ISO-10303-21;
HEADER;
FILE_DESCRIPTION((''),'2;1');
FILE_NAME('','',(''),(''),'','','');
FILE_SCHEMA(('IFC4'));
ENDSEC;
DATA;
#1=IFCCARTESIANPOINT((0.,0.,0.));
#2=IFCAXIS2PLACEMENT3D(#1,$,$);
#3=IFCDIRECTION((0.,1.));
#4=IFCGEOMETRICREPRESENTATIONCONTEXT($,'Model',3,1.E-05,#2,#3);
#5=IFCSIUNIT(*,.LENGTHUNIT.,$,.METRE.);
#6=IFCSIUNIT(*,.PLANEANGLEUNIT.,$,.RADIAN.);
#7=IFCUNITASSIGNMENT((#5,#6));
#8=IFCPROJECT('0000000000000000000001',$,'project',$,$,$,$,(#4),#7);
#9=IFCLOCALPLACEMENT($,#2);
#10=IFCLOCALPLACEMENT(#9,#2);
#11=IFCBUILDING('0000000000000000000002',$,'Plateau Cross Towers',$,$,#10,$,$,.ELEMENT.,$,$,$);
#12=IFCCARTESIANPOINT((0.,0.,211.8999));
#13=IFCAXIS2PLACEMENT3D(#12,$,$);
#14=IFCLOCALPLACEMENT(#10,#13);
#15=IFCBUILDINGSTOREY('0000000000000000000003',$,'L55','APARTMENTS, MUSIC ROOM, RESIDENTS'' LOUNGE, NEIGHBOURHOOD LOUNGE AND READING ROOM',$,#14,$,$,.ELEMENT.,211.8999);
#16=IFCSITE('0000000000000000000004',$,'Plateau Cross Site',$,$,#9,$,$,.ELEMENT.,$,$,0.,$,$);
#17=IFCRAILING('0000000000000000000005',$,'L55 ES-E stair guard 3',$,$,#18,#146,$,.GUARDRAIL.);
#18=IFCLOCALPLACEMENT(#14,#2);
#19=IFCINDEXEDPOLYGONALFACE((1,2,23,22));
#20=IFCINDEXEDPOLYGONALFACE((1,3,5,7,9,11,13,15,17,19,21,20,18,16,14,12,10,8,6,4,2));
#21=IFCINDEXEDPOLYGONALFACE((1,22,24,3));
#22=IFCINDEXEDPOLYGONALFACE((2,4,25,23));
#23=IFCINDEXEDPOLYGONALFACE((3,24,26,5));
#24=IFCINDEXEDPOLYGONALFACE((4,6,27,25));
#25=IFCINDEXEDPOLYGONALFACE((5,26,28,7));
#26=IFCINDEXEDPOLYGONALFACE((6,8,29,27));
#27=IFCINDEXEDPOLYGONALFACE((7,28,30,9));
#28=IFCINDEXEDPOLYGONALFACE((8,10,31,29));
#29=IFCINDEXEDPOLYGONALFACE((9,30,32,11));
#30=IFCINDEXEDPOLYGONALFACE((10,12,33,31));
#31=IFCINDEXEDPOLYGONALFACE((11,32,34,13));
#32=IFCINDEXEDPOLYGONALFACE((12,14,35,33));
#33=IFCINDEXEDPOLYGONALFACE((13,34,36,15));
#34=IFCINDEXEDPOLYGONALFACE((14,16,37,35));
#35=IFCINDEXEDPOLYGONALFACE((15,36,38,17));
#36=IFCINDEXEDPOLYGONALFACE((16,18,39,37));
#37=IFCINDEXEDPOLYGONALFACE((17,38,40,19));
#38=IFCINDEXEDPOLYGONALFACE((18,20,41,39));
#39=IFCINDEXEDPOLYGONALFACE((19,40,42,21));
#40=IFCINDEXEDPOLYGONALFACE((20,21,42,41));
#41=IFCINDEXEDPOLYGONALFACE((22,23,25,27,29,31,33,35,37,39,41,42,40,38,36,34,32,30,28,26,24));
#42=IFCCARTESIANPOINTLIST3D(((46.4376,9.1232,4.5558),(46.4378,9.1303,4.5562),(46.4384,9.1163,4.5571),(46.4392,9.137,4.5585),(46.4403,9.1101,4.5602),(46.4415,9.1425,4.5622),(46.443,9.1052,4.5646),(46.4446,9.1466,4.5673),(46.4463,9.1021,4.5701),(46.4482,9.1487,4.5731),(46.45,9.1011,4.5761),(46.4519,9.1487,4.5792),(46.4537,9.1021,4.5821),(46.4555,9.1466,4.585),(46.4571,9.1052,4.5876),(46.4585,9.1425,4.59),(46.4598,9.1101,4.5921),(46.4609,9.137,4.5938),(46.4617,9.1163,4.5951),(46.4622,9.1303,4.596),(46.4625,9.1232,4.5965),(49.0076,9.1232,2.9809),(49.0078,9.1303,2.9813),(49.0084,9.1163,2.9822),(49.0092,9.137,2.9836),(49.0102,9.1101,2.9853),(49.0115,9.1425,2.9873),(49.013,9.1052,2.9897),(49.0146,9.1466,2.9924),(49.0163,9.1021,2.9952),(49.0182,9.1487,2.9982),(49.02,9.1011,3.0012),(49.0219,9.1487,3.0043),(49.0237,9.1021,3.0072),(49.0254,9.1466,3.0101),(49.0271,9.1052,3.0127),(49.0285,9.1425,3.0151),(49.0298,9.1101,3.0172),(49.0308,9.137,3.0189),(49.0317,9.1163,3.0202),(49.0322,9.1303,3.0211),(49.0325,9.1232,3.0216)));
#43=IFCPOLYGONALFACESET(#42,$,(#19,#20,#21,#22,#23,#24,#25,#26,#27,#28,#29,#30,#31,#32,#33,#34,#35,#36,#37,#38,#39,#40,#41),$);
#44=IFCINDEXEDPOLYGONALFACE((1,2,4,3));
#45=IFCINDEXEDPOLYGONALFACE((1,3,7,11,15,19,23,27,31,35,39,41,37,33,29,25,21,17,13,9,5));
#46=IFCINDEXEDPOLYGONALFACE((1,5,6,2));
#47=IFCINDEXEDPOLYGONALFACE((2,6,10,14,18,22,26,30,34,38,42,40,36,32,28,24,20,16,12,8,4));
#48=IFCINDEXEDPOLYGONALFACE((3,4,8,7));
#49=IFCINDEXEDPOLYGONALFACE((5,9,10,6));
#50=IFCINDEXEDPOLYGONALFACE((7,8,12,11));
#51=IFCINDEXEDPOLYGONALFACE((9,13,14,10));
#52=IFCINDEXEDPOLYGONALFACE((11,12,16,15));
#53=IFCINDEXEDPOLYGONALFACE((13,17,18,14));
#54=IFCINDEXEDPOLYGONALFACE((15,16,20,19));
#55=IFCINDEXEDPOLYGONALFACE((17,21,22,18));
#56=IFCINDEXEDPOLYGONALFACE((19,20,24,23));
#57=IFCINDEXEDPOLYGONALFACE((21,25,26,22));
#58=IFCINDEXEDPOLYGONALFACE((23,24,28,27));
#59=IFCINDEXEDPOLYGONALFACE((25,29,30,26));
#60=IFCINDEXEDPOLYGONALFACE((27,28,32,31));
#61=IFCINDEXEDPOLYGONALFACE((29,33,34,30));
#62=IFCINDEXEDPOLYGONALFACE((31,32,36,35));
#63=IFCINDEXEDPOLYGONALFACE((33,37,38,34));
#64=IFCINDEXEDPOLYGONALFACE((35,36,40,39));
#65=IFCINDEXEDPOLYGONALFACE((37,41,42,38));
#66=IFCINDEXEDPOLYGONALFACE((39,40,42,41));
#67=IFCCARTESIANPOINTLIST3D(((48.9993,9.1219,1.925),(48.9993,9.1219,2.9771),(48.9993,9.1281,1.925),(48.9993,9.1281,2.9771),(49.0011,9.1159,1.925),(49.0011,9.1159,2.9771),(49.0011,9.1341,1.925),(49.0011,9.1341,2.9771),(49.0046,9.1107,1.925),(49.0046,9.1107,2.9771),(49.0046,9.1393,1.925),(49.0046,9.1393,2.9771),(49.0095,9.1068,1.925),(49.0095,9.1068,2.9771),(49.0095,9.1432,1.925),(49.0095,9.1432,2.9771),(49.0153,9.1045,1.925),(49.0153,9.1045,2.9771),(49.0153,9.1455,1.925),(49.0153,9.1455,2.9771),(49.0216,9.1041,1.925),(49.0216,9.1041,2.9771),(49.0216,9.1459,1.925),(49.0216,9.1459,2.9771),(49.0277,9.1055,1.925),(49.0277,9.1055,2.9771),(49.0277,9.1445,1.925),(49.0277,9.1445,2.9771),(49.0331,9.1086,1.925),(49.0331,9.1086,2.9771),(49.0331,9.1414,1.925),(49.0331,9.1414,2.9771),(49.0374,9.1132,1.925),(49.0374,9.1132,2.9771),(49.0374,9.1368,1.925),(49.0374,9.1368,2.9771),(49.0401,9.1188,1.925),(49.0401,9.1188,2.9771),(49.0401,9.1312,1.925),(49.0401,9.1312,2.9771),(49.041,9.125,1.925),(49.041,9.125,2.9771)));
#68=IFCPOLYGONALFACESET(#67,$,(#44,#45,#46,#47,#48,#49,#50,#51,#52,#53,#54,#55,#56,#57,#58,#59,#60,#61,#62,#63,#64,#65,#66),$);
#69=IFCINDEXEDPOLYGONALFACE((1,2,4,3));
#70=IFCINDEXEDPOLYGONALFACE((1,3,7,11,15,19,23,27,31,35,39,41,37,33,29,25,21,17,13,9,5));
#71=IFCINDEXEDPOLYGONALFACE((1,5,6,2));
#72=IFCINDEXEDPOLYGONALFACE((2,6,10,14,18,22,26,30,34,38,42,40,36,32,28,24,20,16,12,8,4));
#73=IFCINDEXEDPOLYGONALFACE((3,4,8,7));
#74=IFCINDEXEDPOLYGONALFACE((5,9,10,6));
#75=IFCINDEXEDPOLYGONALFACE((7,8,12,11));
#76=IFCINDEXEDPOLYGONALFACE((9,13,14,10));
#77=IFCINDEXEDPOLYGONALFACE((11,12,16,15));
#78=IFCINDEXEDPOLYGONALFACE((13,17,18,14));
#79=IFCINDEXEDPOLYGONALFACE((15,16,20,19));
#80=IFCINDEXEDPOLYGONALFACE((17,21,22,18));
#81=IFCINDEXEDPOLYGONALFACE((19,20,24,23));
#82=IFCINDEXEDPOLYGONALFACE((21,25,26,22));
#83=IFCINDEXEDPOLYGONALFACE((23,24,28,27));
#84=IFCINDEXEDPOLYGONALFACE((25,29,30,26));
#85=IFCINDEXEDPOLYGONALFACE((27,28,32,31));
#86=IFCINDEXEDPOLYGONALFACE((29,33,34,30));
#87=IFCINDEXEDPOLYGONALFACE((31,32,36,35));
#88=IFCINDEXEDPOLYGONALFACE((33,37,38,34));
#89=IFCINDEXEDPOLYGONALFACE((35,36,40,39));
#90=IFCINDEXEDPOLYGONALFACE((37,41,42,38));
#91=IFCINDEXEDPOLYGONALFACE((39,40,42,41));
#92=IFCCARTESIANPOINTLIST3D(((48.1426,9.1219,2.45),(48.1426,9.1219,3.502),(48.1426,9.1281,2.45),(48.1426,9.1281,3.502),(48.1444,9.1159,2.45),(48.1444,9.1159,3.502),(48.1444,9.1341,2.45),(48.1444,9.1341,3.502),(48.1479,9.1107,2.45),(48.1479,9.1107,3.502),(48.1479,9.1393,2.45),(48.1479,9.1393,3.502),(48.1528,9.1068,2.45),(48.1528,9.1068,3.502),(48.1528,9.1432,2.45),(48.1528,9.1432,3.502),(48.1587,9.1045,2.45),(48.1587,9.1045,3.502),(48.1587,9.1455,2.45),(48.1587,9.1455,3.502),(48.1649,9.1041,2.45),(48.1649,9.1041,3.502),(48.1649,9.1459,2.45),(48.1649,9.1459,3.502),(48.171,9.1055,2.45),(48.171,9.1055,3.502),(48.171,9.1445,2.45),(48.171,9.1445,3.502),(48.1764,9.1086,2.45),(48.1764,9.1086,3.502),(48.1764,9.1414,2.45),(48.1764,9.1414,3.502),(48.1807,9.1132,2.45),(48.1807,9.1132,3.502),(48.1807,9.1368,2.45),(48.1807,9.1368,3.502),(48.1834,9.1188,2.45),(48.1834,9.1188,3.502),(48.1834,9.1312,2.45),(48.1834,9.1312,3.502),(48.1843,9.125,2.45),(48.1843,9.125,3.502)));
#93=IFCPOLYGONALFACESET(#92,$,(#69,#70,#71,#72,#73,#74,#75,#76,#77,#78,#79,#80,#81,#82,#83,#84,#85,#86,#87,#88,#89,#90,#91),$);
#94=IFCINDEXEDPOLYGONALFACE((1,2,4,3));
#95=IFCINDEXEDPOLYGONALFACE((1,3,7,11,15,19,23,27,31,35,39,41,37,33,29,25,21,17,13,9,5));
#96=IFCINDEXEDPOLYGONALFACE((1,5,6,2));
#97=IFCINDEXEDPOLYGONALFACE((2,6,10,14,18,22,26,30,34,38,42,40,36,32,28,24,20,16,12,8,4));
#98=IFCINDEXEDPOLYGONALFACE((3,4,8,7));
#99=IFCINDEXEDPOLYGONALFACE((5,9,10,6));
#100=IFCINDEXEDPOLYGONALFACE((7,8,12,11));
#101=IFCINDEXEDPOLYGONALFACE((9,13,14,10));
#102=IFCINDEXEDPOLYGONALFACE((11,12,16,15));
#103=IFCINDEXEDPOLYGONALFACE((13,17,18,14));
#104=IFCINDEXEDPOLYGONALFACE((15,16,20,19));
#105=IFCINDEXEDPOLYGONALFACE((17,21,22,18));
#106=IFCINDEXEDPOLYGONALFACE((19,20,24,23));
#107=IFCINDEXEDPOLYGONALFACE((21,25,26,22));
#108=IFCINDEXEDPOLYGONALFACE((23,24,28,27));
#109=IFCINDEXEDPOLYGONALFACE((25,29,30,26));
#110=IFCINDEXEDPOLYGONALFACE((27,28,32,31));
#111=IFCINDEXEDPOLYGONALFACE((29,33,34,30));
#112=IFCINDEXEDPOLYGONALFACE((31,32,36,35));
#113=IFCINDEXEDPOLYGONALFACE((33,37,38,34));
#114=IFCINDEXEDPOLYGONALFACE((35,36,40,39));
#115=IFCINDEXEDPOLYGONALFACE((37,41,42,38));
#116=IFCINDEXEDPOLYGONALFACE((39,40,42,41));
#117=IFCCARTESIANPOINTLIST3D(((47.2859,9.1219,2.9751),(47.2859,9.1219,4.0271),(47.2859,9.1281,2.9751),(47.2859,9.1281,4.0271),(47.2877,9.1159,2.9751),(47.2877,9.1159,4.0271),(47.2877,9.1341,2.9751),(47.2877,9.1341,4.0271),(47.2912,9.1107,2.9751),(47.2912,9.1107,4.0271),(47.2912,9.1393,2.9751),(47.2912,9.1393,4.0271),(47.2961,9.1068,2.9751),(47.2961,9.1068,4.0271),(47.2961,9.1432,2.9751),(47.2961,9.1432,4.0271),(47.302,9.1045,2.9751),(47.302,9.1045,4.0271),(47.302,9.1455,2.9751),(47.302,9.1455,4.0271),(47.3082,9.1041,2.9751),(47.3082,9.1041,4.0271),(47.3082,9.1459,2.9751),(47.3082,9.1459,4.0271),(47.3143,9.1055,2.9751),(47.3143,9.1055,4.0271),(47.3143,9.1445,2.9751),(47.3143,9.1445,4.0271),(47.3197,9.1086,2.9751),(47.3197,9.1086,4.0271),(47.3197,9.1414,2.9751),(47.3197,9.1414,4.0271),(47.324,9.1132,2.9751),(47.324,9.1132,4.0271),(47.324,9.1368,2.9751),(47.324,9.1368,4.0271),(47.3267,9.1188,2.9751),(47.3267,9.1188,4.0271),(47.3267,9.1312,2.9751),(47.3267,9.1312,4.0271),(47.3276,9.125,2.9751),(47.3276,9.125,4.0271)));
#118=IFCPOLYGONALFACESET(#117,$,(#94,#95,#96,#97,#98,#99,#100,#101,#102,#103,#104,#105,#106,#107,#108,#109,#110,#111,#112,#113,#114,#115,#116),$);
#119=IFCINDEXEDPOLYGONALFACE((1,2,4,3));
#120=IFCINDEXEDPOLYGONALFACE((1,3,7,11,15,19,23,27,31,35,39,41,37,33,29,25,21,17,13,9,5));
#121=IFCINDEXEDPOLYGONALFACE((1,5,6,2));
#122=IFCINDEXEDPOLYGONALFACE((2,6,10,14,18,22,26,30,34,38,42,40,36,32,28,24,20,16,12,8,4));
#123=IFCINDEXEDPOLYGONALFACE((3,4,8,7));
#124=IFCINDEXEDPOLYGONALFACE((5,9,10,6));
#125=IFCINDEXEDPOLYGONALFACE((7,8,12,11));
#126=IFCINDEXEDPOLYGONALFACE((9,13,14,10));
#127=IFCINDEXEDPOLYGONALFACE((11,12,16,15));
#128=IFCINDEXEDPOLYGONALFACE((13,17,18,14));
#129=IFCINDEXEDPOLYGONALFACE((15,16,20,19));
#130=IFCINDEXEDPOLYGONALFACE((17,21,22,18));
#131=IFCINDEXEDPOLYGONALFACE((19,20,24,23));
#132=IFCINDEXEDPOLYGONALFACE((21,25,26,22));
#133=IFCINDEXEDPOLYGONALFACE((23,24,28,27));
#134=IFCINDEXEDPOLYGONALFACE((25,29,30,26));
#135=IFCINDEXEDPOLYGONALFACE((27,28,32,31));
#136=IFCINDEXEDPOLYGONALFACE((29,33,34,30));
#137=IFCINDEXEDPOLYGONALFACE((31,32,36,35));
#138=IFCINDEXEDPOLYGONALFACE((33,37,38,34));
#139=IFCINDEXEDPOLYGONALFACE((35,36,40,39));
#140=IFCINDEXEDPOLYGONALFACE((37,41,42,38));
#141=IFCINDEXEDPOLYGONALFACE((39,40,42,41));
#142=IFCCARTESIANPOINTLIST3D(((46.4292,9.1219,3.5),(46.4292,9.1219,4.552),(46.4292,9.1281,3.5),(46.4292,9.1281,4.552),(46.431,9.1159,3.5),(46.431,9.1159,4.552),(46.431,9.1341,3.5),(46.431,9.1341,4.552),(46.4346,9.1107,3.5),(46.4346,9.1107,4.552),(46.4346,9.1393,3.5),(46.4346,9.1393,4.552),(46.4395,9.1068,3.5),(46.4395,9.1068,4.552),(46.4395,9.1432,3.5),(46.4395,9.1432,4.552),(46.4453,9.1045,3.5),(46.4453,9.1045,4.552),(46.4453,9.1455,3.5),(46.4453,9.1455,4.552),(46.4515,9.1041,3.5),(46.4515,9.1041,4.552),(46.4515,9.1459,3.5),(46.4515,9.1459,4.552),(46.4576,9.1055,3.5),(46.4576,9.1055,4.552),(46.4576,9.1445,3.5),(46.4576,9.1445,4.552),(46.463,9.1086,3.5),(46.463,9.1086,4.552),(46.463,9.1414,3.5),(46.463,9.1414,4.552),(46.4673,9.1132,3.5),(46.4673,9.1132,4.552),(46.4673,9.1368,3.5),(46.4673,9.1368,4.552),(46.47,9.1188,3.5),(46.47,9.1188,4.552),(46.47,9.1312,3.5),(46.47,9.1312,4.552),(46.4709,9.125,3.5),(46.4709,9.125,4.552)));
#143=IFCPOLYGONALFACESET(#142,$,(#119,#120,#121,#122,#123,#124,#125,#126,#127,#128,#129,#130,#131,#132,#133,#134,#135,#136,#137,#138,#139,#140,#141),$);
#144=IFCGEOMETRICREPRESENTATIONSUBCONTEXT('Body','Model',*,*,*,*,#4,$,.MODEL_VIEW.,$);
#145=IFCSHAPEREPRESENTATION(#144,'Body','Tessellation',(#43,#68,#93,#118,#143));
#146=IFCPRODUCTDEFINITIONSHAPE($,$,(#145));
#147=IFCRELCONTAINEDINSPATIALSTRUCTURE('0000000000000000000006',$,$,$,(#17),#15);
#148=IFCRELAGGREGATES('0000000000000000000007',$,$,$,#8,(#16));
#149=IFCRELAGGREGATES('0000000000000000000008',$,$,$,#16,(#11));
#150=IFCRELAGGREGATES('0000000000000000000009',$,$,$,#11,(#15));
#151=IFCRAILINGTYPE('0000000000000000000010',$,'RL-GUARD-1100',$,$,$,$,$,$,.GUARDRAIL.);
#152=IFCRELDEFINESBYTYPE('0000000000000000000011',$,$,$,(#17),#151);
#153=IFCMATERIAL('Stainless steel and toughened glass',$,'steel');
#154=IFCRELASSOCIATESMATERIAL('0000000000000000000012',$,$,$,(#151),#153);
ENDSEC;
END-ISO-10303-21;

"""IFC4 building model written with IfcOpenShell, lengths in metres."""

from ifc_helpers import new_model, si_unit, direction, frame, origin, origin_2d, place, context, subcontext, project, spatial, circle, extrude, material, type_object, element, save


model = new_model("IFC4")

# Units and contexts
model_context = context("Model", 3, precision=1e-05, world=origin(), true_north=direction((0.0, 1.0)))
body_context = subcontext(model_context, "Body", "Model", "MODEL_VIEW")
ifc_project = project(units=[si_unit("LENGTHUNIT", "METRE"), si_unit("PLANEANGLEUNIT", "RADIAN")], contexts=[model_context])

# Site, building, storey
site_placement = place(None, origin())
site = spatial("IfcSite", under=ifc_project, at=site_placement, Name="Plateau Cross Site", CompositionType="ELEMENT", RefElevation=0.0)
building_placement = place(site_placement, origin())
building = spatial("IfcBuilding", under=site, at=building_placement, Name="Plateau Cross Towers", CompositionType="ELEMENT")
storey_placement = place(building_placement, frame((0.0, 0.0, 211.8999)))
storey = spatial("IfcBuildingStorey", under=building, at=storey_placement, Name="L55", Description="APARTMENTS, MUSIC ROOM, RESIDENTS' LOUNGE, NEIGHBOURHOOD LOUNGE AND READING ROOM", CompositionType="ELEMENT", Elevation=211.8999)

# Railing
ifc_material_1 = material(Name="Stainless steel and toughened glass", Category="steel")
railing_type_1 = type_object("IfcRailingType", Name="RL-GUARD-1100", PredefinedType="GUARDRAIL", material=ifc_material_1)
railing_1_placement = place(storey_placement, frame((49.02, 9.125, 1.925)))
element("IfcRailing", 1, at=railing_1_placement, inside=storey, type_object=railing_type_1, Name="L55 ES-E stair guard 3", PredefinedType="GUARDRAIL", context=body_context, shape_type="SweptSolid", body=[
    extrude(circle(Radius=0.0239, at=origin_2d()), frame((0.0, 0.0, 1.0762), z_axis=(-0.852639, 0.0, 0.522501), x_axis=(0.0, -1.0, 0.0)), (0.0, 0.0, 1.0), 3.0142),
    extrude(circle(Radius=0.021, at=origin_2d()), origin(), (0.0, 0.0, 1.0), 1.052),
    extrude(circle(Radius=0.021, at=origin_2d()), frame((-0.8567, 0.0, 0.5249)), (0.0, 0.0, 1.0), 1.052),
    extrude(circle(Radius=0.021, at=origin_2d()), frame((-1.7134, 0.0, 1.05)), (0.0, 0.0, 1.0), 1.052),
    extrude(circle(Radius=0.021, at=origin_2d()), frame((-2.5701, 0.0, 1.575)), (0.0, 0.0, 1.0), 1.052),
])

save(model, "model.ifc")
